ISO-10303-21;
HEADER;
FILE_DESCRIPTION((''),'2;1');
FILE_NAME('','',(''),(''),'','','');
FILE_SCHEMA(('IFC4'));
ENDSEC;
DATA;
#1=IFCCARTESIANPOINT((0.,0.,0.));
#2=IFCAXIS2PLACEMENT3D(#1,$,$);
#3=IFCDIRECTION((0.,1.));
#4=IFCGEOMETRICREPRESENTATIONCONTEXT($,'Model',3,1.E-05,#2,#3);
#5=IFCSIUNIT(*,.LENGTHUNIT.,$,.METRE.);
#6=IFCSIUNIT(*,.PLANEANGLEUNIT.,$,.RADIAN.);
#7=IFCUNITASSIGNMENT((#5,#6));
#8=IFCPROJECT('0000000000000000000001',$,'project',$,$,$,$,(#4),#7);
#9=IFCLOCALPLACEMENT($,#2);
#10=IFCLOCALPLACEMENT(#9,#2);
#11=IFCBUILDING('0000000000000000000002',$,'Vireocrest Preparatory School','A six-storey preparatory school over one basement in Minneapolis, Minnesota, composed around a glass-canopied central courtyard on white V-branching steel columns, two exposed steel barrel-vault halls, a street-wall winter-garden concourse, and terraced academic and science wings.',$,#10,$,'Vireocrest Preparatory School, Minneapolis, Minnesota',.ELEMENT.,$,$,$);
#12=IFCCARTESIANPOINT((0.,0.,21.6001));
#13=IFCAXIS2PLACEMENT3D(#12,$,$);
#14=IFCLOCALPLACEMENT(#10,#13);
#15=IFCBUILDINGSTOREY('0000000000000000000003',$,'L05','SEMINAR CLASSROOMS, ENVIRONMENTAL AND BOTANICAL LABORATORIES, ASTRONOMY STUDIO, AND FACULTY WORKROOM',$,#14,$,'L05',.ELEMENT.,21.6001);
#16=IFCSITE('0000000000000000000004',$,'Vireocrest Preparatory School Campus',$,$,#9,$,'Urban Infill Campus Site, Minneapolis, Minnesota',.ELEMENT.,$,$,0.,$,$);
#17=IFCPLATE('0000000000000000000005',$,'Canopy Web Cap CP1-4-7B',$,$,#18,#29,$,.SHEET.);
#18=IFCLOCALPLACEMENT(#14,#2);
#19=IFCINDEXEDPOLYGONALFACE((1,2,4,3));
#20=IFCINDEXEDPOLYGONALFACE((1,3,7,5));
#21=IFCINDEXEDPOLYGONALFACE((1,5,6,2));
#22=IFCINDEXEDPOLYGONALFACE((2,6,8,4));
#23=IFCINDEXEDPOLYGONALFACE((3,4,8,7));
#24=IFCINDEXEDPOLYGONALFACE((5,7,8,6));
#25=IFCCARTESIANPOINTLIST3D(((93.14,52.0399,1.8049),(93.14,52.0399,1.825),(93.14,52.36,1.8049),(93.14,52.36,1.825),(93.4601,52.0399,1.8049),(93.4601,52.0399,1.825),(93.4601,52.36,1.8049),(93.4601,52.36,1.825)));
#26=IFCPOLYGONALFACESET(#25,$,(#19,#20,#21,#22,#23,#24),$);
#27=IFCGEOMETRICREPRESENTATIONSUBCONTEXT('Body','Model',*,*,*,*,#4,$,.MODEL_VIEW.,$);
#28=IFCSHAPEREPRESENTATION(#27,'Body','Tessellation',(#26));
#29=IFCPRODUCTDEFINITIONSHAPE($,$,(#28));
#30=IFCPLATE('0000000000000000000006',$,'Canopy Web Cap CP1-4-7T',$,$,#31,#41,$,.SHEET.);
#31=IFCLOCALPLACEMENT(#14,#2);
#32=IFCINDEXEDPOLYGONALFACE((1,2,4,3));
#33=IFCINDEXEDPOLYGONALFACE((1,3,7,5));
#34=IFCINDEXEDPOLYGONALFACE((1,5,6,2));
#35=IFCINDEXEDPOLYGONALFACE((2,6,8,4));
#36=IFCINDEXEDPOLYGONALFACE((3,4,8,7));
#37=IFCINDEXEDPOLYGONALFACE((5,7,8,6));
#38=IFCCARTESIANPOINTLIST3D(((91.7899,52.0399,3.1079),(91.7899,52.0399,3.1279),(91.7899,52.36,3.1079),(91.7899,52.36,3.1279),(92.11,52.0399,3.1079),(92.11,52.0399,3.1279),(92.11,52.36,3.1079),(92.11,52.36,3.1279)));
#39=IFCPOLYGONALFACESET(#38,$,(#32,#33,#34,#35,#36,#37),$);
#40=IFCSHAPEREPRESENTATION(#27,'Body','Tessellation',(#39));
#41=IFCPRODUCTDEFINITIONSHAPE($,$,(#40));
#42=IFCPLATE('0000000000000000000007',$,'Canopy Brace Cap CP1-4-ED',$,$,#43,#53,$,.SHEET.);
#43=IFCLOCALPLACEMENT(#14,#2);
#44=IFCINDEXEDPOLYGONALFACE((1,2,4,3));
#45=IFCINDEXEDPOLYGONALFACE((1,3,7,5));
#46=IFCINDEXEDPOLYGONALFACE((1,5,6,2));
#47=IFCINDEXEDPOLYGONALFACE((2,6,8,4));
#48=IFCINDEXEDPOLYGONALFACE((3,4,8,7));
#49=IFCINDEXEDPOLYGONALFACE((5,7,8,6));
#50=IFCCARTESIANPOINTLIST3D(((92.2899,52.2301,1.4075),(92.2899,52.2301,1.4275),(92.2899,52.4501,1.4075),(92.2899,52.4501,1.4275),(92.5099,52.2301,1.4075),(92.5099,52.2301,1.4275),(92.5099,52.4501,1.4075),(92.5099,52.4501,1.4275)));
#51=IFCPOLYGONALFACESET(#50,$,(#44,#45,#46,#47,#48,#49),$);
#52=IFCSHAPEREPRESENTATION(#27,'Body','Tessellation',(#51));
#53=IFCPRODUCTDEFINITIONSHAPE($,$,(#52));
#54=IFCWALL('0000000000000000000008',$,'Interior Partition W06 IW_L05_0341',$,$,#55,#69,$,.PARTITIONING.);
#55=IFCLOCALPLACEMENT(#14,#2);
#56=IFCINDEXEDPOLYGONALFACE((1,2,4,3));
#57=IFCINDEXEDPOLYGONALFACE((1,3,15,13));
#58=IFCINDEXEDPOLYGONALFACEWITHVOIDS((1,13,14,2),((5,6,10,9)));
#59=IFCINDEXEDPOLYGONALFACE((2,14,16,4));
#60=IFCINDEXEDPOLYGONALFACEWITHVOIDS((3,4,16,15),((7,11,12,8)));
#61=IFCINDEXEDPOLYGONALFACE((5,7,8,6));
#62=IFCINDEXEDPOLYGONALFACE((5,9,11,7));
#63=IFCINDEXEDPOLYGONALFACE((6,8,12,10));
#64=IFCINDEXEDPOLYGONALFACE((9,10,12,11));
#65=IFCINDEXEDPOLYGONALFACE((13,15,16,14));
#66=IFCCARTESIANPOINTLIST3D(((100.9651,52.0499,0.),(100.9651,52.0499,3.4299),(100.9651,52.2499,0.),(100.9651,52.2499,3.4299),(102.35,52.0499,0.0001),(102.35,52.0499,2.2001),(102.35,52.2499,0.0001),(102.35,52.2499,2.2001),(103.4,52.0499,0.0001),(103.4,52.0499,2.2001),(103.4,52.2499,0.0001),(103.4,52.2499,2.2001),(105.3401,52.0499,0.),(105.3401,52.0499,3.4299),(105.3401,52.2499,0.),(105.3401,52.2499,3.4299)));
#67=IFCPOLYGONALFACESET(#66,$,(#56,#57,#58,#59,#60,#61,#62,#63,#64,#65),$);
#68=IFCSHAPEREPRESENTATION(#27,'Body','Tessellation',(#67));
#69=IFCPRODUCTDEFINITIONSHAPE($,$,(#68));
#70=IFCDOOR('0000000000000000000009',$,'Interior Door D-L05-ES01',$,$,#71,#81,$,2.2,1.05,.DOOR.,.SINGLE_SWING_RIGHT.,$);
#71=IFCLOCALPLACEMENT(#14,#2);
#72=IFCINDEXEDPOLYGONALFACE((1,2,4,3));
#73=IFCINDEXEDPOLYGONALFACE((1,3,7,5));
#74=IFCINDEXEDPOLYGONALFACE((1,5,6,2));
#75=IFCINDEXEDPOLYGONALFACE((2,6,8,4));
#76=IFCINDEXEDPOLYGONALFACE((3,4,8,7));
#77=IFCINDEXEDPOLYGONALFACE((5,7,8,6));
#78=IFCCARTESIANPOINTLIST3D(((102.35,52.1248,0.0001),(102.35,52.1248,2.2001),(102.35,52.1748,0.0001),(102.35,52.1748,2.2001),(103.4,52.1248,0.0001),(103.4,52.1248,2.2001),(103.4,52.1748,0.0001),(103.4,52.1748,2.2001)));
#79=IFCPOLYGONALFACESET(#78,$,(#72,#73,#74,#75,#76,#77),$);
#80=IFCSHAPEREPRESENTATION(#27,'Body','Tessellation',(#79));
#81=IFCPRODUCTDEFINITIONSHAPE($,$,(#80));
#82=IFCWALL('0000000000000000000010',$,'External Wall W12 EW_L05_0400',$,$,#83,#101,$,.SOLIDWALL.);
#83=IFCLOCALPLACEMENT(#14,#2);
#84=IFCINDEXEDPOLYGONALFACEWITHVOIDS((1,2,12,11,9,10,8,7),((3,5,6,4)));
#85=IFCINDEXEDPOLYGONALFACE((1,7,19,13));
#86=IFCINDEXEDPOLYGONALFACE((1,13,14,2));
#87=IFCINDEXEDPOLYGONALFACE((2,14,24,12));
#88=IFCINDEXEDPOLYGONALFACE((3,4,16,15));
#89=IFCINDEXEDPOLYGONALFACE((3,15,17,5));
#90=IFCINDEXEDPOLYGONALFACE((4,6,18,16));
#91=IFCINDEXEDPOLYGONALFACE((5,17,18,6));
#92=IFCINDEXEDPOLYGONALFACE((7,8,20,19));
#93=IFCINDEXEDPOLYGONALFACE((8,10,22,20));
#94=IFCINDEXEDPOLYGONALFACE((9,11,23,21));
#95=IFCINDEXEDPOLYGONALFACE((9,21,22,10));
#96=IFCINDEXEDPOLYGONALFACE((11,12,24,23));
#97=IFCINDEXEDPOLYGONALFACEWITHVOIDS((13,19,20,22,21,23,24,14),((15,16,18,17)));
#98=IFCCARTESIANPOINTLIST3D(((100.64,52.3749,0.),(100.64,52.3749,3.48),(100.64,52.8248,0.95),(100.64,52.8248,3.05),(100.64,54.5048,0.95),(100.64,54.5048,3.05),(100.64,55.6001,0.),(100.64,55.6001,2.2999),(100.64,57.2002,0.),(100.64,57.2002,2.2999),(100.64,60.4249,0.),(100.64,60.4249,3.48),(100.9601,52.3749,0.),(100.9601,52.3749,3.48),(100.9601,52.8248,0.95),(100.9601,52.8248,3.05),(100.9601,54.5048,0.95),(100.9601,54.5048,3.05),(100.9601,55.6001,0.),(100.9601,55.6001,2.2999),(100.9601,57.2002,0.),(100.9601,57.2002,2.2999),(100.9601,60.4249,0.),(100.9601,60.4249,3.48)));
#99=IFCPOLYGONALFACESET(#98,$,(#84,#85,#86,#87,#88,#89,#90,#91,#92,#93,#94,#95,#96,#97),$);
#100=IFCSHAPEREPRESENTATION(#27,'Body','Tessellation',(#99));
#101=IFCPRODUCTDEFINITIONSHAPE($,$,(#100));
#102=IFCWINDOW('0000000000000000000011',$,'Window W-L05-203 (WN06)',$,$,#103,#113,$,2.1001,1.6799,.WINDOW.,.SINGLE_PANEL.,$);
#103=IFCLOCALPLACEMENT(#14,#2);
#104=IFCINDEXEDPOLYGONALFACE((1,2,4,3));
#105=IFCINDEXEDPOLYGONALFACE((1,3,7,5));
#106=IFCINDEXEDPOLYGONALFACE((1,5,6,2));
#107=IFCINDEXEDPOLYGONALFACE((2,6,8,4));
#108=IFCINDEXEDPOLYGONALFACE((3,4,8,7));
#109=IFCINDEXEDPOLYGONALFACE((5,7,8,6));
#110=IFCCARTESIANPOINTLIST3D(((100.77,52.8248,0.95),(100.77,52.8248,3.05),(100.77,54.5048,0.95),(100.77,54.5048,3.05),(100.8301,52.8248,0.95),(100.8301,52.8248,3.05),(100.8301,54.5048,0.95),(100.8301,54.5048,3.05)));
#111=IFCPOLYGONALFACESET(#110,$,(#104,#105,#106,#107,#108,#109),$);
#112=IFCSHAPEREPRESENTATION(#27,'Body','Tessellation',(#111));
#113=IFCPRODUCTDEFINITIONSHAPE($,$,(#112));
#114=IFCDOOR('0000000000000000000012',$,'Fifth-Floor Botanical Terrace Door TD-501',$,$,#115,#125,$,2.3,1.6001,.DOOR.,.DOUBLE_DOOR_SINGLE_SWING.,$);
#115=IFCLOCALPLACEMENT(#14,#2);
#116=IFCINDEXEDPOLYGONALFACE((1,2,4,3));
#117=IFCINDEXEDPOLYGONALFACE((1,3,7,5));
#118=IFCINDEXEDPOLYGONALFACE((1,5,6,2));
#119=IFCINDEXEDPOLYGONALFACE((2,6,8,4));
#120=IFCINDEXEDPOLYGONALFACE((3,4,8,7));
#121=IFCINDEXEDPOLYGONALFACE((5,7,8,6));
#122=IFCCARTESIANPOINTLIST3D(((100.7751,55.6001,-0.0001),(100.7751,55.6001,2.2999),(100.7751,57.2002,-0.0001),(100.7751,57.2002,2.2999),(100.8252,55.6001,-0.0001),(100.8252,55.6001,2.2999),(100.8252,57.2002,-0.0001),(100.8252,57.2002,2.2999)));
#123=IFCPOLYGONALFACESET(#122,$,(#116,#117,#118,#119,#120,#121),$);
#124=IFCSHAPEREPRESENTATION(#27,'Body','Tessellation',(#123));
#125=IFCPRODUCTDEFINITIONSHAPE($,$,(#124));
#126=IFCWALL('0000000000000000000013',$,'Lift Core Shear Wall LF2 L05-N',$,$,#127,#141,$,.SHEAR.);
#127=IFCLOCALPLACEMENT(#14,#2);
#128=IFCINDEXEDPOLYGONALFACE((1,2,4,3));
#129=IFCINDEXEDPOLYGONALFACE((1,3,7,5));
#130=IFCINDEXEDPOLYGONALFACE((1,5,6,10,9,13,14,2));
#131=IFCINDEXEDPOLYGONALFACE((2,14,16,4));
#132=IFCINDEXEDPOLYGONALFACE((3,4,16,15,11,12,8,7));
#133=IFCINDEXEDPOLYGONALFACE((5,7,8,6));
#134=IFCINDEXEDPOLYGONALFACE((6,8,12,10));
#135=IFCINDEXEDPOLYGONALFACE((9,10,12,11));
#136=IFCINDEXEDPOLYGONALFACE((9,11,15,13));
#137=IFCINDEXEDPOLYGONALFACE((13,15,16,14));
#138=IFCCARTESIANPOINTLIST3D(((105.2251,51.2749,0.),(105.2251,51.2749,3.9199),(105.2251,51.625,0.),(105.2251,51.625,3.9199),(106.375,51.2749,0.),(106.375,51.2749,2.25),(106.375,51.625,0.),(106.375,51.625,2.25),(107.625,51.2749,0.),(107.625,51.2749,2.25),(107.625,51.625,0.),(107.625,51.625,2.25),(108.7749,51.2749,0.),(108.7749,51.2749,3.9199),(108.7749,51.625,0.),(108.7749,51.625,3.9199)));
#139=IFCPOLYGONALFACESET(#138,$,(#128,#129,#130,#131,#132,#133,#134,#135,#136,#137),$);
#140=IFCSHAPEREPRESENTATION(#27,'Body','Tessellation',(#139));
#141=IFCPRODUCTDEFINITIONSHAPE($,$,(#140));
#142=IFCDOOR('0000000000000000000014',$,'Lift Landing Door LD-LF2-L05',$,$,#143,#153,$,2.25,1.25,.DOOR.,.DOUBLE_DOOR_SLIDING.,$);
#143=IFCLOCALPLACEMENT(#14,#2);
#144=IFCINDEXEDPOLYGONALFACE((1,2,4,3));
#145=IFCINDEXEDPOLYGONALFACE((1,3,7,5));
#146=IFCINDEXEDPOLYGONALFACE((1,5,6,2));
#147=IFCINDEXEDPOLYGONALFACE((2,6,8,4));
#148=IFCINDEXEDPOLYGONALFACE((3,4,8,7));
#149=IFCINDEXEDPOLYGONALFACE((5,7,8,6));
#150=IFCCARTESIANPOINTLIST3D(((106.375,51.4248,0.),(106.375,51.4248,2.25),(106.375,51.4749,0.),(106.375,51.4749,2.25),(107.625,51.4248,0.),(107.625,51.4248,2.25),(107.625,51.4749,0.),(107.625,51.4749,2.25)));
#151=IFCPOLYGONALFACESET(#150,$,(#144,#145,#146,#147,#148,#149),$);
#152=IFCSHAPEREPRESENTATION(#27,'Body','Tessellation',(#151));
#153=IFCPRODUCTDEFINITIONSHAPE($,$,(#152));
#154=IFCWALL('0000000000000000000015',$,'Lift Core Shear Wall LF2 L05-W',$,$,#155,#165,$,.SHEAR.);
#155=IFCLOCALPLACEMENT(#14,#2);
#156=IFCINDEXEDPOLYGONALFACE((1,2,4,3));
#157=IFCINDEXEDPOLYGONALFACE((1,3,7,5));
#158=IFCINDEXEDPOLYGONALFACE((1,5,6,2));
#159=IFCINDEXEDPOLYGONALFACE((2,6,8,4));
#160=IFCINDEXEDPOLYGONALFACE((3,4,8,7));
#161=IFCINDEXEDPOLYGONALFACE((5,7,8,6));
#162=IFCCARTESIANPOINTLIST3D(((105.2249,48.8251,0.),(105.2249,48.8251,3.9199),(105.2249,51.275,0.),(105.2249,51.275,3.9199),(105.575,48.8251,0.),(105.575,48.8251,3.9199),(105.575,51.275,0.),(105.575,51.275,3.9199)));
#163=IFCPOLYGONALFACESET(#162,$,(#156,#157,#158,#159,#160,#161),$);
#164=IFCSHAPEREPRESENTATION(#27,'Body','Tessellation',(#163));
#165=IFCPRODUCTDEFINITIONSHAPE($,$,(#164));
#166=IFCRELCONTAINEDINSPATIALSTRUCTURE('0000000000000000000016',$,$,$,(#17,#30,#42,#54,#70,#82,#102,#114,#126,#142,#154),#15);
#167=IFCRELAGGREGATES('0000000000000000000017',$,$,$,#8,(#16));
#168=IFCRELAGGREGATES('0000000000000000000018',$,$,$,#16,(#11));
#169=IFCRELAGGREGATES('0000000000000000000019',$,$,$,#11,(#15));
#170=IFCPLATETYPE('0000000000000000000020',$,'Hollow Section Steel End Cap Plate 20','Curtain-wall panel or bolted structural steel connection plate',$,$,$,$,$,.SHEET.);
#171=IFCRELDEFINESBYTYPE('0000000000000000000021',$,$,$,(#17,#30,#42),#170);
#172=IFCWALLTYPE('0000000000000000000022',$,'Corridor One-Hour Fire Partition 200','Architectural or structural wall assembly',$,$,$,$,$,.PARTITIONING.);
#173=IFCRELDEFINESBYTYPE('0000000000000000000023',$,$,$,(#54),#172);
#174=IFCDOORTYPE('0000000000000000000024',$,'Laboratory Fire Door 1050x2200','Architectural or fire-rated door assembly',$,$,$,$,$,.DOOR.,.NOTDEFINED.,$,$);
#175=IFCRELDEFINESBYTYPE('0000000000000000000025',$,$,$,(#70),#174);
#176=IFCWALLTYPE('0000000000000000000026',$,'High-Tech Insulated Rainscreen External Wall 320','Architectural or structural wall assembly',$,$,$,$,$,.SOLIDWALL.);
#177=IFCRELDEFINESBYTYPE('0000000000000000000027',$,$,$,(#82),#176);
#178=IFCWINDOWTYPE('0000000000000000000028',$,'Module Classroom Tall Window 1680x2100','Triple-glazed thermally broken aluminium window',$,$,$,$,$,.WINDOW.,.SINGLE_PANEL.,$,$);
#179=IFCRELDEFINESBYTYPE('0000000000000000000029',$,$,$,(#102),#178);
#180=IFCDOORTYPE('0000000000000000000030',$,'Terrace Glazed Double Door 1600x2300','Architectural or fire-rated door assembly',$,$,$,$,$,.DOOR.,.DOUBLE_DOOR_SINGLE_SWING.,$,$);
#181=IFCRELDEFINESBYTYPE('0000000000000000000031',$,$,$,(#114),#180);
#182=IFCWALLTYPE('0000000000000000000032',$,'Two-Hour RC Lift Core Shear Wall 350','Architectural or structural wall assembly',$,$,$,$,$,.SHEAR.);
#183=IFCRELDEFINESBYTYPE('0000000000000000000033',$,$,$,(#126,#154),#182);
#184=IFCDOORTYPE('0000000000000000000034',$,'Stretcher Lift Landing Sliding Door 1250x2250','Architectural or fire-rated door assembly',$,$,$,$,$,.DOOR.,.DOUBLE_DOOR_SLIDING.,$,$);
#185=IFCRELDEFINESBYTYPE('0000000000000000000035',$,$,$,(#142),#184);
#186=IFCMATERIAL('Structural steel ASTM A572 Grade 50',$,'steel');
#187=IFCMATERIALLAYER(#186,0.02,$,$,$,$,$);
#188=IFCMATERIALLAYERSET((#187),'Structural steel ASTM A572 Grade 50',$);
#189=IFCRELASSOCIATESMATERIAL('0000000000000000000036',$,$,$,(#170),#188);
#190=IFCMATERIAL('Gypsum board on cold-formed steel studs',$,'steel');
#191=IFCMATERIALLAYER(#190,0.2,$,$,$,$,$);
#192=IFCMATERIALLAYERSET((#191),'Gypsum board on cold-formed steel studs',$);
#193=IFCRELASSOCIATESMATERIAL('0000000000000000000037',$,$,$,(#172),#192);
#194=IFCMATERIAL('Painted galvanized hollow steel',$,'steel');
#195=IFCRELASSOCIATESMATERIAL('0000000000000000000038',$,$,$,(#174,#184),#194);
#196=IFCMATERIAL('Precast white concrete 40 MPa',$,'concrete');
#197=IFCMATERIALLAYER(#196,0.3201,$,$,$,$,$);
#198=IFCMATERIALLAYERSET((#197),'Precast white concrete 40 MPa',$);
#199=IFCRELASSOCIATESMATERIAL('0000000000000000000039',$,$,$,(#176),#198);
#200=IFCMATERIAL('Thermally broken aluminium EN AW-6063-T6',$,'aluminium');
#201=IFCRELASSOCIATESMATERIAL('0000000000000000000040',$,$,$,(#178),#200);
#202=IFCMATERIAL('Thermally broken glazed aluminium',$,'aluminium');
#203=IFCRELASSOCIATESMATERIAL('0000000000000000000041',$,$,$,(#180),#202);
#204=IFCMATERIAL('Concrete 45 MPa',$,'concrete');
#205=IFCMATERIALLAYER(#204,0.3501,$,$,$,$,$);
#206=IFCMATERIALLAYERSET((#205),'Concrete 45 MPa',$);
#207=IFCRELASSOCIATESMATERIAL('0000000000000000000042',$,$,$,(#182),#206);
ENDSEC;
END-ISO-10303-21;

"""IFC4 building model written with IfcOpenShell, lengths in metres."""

from ifc_helpers import new_model, si_unit, direction, frame, frame_2d, origin, origin_2d, place, context, subcontext, project, spatial, rectangle, extrude, material, layer, layer_set, type_object, element, fill, save


model = new_model("IFC4")

# Units and contexts
model_context = context("Model", 3, precision=1e-05, world=origin(), true_north=direction((0.0, 1.0)))
body_context = subcontext(model_context, "Body", "Model", "MODEL_VIEW")
ifc_project = project(units=[si_unit("LENGTHUNIT", "METRE"), si_unit("PLANEANGLEUNIT", "RADIAN")], contexts=[model_context])

# Site, building, storey
site_placement = place(None, origin())
site = spatial("IfcSite", under=ifc_project, at=site_placement, Name="Vireocrest Preparatory School Campus", LongName="Urban Infill Campus Site, Minneapolis, Minnesota", CompositionType="ELEMENT", RefElevation=0.0)
building_placement = place(site_placement, origin())
building = spatial("IfcBuilding", under=site, at=building_placement, Name="Vireocrest Preparatory School", Description="A six-storey preparatory school over one basement in Minneapolis, Minnesota, composed around a glass-canopied central courtyard on white V-branching steel columns, two exposed steel barrel-vault halls, a street-wall winter-garden concourse, and terraced academic and science wings.", LongName="Vireocrest Preparatory School, Minneapolis, Minnesota", CompositionType="ELEMENT")
storey_placement = place(building_placement, frame((0.0, 0.0, 21.6001)))
storey = spatial("IfcBuildingStorey", under=building, at=storey_placement, Name="L05", Description="SEMINAR CLASSROOMS, ENVIRONMENTAL AND BOTANICAL LABORATORIES, ASTRONOMY STUDIO, AND FACULTY WORKROOM", LongName="L05", CompositionType="ELEMENT", Elevation=21.6001)

# Shared definitions
ifc_material_1 = material(Name="Concrete 45 MPa", Category="concrete")

# Shared definitions
ifc_material_2 = material(Name="Thermally broken aluminium EN AW-6063-T6", Category="aluminium")

# Plates
ifc_material_3 = material(Name="Structural steel ASTM A572 Grade 50", Category="steel")
ifc_layer_1 = layer(ifc_material_3, 0.02)
ifc_layer_set_1 = layer_set([ifc_layer_1], Name="Structural steel ASTM A572 Grade 50")
plate_type_1 = type_object("IfcPlateType", Name="Hollow Section Steel End Cap Plate 20", Description="Curtain-wall panel or bolted structural steel connection plate", PredefinedType="SHEET", material=ifc_layer_set_1)
for number, where, z_axis, x_axis, name in (
    (1, (93.3, 52.2, 1.8049), (0.0, 0.0, 1.0), (1.0, 0.0, 0.0), "Canopy Web Cap CP1-4-7B"),
    (2, (91.95, 52.2, 3.1079), (0.0, 0.0, 1.0), (1.0, 0.0, 0.0), "Canopy Web Cap CP1-4-7T"),
):
    element("IfcPlate", number, at=place(storey_placement, frame(where, z_axis=z_axis, x_axis=x_axis)), inside=storey, type_object=plate_type_1, Name=name, PredefinedType="SHEET", context=body_context, shape_type="SweptSolid", body=[
        extrude(rectangle(XDim=0.3201, YDim=0.3201, at=origin_2d()), origin(), (0.0, 0.0, 1.0), 0.02),
    ])
plate_1_placement = place(storey_placement, frame((92.3999, 52.3401, 1.4075), z_axis=(0.0, 0.0, 1.0), x_axis=(1.0, 0.0, 0.0)))
element("IfcPlate", 3, at=plate_1_placement, inside=storey, type_object=plate_type_1, Name="Canopy Brace Cap CP1-4-ED", PredefinedType="SHEET", context=body_context, shape_type="SweptSolid", body=[
    extrude(rectangle(XDim=0.22, YDim=0.22, at=origin_2d()), origin(), (0.0, 0.0, 1.0), 0.02),
])

# Wall, opening, door
ifc_material_4 = material(Name="Gypsum board on cold-formed steel studs", Category="steel")
ifc_layer_2 = layer(ifc_material_4, 0.2)
ifc_layer_set_2 = layer_set([ifc_layer_2], Name="Gypsum board on cold-formed steel studs")
wall_type_1 = type_object("IfcWallType", Name="Corridor One-Hour Fire Partition 200", Description="Architectural or structural wall assembly", PredefinedType="PARTITIONING", material=ifc_layer_set_2)
wall_1_placement = place(storey_placement, frame((100.9651, 52.1499, 0.0), z_axis=(0.0, 0.0, 1.0), x_axis=(1.0, 0.0, 0.0)))
wall_1 = element("IfcWall", 4, at=wall_1_placement, inside=storey, type_object=wall_type_1, Name="Interior Partition W06 IW_L05_0341", PredefinedType="PARTITIONING", context=body_context, shape_type="SweptSolid", body=[
    extrude(rectangle(XDim=4.375, YDim=0.2, at=frame_2d((2.1875, 0.0))), origin(), (0.0, 0.0, 1.0), 3.4299),
])
opening_1_placement = place(wall_1_placement, frame((1.385, 0.0, 0.0)))
opening_1 = element("IfcOpeningElement", 5, at=opening_1_placement, cuts=wall_1, PredefinedType="OPENING", context=body_context, shape_type="SweptSolid", body=[
    extrude(rectangle(XDim=1.05, YDim=2.2, at=frame_2d((0.5249, 1.1001))), frame((0.0, 0.1099, 0.0), z_axis=(0.0, -1.0, 0.0), x_axis=(1.0, 0.0, 0.0)), (0.0, 0.0, 1.0), 0.22),
])
ifc_material_5 = material(Name="Painted galvanized hollow steel", Category="steel")
door_type_1 = type_object("IfcDoorType", Name="Laboratory Fire Door 1050x2200", Description="Architectural or fire-rated door assembly", OperationType="NOTDEFINED", PredefinedType="DOOR", material=ifc_material_5)
door_1_placement = place(opening_1_placement, origin())
door_1 = element("IfcDoor", 6, at=door_1_placement, inside=storey, type_object=door_type_1, Name="Interior Door D-L05-ES01", OperationType="SINGLE_SWING_RIGHT", OverallHeight=2.2, OverallWidth=1.05, PredefinedType="DOOR", context=body_context, shape_type="SweptSolid", body=[
    extrude(rectangle(XDim=1.05, YDim=2.2, at=frame_2d((0.5249, 1.1001))), frame((0.0, 0.0249, 0.0), z_axis=(0.0, -1.0, 0.0), x_axis=(1.0, 0.0, 0.0)), (0.0, 0.0, 1.0), 0.05),
])
fill(opening_1, door_1)

# Wall, openings, window, door
ifc_material_6 = material(Name="Precast white concrete 40 MPa", Category="concrete")
ifc_layer_3 = layer(ifc_material_6, 0.3201)
ifc_layer_set_3 = layer_set([ifc_layer_3], Name="Precast white concrete 40 MPa")
wall_type_2 = type_object("IfcWallType", Name="High-Tech Insulated Rainscreen External Wall 320", Description="Architectural or structural wall assembly", PredefinedType="SOLIDWALL", material=ifc_layer_set_3)
wall_2_placement = place(storey_placement, frame((100.8, 52.375, 0.0), z_axis=(0.0, 0.0, 1.0), x_axis=(0.0, 1.0, 0.0)))
wall_2 = element("IfcWall", 7, at=wall_2_placement, inside=storey, type_object=wall_type_2, Name="External Wall W12 EW_L05_0400", PredefinedType="SOLIDWALL", context=body_context, shape_type="SweptSolid", body=[
    extrude(rectangle(XDim=8.05, YDim=0.3201, at=frame_2d((4.0249, 0.0))), origin(), (0.0, 0.0, 1.0), 3.48),
])
opening_2_placement = place(wall_2_placement, frame((3.2251, 0.0, 0.0)))
opening_2 = element("IfcOpeningElement", 8, at=opening_2_placement, cuts=wall_2, PredefinedType="OPENING", context=body_context, shape_type="SweptSolid", body=[
    extrude(rectangle(XDim=1.6001, YDim=2.3, at=frame_2d((0.8, 1.1499))), frame((0.0, 0.1699, 0.0), z_axis=(0.0, -1.0, 0.0), x_axis=(1.0, 0.0, 0.0)), (0.0, 0.0, 1.0), 0.3401),
])
opening_3_placement = place(wall_2_placement, frame((0.45, 0.0, 0.95)))
opening_3 = element("IfcOpeningElement", 9, at=opening_3_placement, cuts=wall_2, PredefinedType="OPENING", context=body_context, shape_type="SweptSolid", body=[
    extrude(rectangle(XDim=1.6799, YDim=2.1001, at=frame_2d((0.8398, 1.05))), frame((0.0, 0.1699, 0.0), z_axis=(0.0, -1.0, 0.0), x_axis=(1.0, 0.0, 0.0)), (0.0, 0.0, 1.0), 0.3401),
])
window_type = type_object("IfcWindowType", Name="Module Classroom Tall Window 1680x2100", Description="Triple-glazed thermally broken aluminium window", PartitioningType="SINGLE_PANEL", PredefinedType="WINDOW", material=ifc_material_2)
window_placement = place(opening_3_placement, origin())
window = element("IfcWindow", 10, at=window_placement, inside=storey, type_object=window_type, Name="Window W-L05-203 (WN06)", OverallHeight=2.1001, OverallWidth=1.6799, PartitioningType="SINGLE_PANEL", PredefinedType="WINDOW", context=body_context, shape_type="SweptSolid", body=[
    extrude(rectangle(XDim=1.6799, YDim=2.1001, at=frame_2d((0.8398, 1.05))), frame((0.0, 0.03, 0.0), z_axis=(0.0, -1.0, 0.0), x_axis=(1.0, 0.0, 0.0)), (0.0, 0.0, 1.0), 0.0601),
])
fill(opening_3, window)
ifc_material_7 = material(Name="Thermally broken glazed aluminium", Category="aluminium")
door_type_2 = type_object("IfcDoorType", Name="Terrace Glazed Double Door 1600x2300", Description="Architectural or fire-rated door assembly", OperationType="DOUBLE_DOOR_SINGLE_SWING", PredefinedType="DOOR", material=ifc_material_7)
door_2_placement = place(opening_2_placement, origin())
door_2 = element("IfcDoor", 11, at=door_2_placement, inside=storey, type_object=door_type_2, Name="Fifth-Floor Botanical Terrace Door TD-501", OperationType="DOUBLE_DOOR_SINGLE_SWING", OverallHeight=2.3, OverallWidth=1.6001, PredefinedType="DOOR", context=body_context, shape_type="SweptSolid", body=[
    extrude(rectangle(XDim=1.6001, YDim=2.3, at=frame_2d((0.8, 1.1499))), frame((0.0, 0.0249, 0.0), z_axis=(0.0, -1.0, 0.0), x_axis=(1.0, 0.0, 0.0)), (0.0, 0.0, 1.0), 0.05),
])
fill(opening_2, door_2)

# Wall, opening, door
ifc_layer_4 = layer(ifc_material_1, 0.3501)
ifc_layer_set_4 = layer_set([ifc_layer_4], Name="Concrete 45 MPa")
wall_type_3 = type_object("IfcWallType", Name="Two-Hour RC Lift Core Shear Wall 350", Description="Architectural or structural wall assembly", PredefinedType="SHEAR", material=ifc_layer_set_4)
wall_3_placement = place(storey_placement, frame((105.2251, 51.45, 0.0), z_axis=(0.0, 0.0, 1.0), x_axis=(1.0, 0.0, 0.0)))
wall_3 = element("IfcWall", 12, at=wall_3_placement, inside=storey, type_object=wall_type_3, Name="Lift Core Shear Wall LF2 L05-N", PredefinedType="SHEAR", context=body_context, shape_type="SweptSolid", body=[
    extrude(rectangle(XDim=3.5498, YDim=0.3501, at=frame_2d((1.7749, 0.0))), origin(), (0.0, 0.0, 1.0), 3.9199),
])
opening_4_placement = place(wall_3_placement, frame((1.1499, 0.0, 0.0)))
opening_4 = element("IfcOpeningElement", 13, at=opening_4_placement, cuts=wall_3, PredefinedType="OPENING", context=body_context, shape_type="SweptSolid", body=[
    extrude(rectangle(XDim=1.25, YDim=2.25, at=frame_2d((0.625, 1.125))), frame((0.0, 0.1851, 0.0), z_axis=(0.0, -1.0, 0.0), x_axis=(1.0, 0.0, 0.0)), (0.0, 0.0, 1.0), 0.3701),
])
door_type_3 = type_object("IfcDoorType", Name="Stretcher Lift Landing Sliding Door 1250x2250", Description="Architectural or fire-rated door assembly", OperationType="DOUBLE_DOOR_SLIDING", PredefinedType="DOOR", material=ifc_material_5)
door_3_placement = place(opening_4_placement, origin())
door_3 = element("IfcDoor", 14, at=door_3_placement, inside=storey, type_object=door_type_3, Name="Lift Landing Door LD-LF2-L05", OperationType="DOUBLE_DOOR_SLIDING", OverallHeight=2.25, OverallWidth=1.25, PredefinedType="DOOR", context=body_context, shape_type="SweptSolid", body=[
    extrude(rectangle(XDim=1.25, YDim=2.25, at=frame_2d((0.625, 1.125))), frame((0.0, 0.0249, 0.0), z_axis=(0.0, -1.0, 0.0), x_axis=(1.0, 0.0, 0.0)), (0.0, 0.0, 1.0), 0.05),
])
fill(opening_4, door_3)

# Wall
for number, where, z_axis, x_axis, name in (
    (15, (105.3999, 48.825, 0.0), (0.0, 0.0, 1.0), (0.0, 1.0, 0.0), "Lift Core Shear Wall LF2 L05-W"),
):
    element("IfcWall", number, at=place(storey_placement, frame(where, z_axis=z_axis, x_axis=x_axis)), inside=storey, type_object=wall_type_3, Name=name, PredefinedType="SHEAR", context=body_context, shape_type="SweptSolid", body=[
        extrude(rectangle(XDim=2.45, YDim=0.3501, at=frame_2d((1.2251, 0.0))), origin(), (0.0, 0.0, 1.0), 3.9199),
    ])

save(model, "model.ifc")
